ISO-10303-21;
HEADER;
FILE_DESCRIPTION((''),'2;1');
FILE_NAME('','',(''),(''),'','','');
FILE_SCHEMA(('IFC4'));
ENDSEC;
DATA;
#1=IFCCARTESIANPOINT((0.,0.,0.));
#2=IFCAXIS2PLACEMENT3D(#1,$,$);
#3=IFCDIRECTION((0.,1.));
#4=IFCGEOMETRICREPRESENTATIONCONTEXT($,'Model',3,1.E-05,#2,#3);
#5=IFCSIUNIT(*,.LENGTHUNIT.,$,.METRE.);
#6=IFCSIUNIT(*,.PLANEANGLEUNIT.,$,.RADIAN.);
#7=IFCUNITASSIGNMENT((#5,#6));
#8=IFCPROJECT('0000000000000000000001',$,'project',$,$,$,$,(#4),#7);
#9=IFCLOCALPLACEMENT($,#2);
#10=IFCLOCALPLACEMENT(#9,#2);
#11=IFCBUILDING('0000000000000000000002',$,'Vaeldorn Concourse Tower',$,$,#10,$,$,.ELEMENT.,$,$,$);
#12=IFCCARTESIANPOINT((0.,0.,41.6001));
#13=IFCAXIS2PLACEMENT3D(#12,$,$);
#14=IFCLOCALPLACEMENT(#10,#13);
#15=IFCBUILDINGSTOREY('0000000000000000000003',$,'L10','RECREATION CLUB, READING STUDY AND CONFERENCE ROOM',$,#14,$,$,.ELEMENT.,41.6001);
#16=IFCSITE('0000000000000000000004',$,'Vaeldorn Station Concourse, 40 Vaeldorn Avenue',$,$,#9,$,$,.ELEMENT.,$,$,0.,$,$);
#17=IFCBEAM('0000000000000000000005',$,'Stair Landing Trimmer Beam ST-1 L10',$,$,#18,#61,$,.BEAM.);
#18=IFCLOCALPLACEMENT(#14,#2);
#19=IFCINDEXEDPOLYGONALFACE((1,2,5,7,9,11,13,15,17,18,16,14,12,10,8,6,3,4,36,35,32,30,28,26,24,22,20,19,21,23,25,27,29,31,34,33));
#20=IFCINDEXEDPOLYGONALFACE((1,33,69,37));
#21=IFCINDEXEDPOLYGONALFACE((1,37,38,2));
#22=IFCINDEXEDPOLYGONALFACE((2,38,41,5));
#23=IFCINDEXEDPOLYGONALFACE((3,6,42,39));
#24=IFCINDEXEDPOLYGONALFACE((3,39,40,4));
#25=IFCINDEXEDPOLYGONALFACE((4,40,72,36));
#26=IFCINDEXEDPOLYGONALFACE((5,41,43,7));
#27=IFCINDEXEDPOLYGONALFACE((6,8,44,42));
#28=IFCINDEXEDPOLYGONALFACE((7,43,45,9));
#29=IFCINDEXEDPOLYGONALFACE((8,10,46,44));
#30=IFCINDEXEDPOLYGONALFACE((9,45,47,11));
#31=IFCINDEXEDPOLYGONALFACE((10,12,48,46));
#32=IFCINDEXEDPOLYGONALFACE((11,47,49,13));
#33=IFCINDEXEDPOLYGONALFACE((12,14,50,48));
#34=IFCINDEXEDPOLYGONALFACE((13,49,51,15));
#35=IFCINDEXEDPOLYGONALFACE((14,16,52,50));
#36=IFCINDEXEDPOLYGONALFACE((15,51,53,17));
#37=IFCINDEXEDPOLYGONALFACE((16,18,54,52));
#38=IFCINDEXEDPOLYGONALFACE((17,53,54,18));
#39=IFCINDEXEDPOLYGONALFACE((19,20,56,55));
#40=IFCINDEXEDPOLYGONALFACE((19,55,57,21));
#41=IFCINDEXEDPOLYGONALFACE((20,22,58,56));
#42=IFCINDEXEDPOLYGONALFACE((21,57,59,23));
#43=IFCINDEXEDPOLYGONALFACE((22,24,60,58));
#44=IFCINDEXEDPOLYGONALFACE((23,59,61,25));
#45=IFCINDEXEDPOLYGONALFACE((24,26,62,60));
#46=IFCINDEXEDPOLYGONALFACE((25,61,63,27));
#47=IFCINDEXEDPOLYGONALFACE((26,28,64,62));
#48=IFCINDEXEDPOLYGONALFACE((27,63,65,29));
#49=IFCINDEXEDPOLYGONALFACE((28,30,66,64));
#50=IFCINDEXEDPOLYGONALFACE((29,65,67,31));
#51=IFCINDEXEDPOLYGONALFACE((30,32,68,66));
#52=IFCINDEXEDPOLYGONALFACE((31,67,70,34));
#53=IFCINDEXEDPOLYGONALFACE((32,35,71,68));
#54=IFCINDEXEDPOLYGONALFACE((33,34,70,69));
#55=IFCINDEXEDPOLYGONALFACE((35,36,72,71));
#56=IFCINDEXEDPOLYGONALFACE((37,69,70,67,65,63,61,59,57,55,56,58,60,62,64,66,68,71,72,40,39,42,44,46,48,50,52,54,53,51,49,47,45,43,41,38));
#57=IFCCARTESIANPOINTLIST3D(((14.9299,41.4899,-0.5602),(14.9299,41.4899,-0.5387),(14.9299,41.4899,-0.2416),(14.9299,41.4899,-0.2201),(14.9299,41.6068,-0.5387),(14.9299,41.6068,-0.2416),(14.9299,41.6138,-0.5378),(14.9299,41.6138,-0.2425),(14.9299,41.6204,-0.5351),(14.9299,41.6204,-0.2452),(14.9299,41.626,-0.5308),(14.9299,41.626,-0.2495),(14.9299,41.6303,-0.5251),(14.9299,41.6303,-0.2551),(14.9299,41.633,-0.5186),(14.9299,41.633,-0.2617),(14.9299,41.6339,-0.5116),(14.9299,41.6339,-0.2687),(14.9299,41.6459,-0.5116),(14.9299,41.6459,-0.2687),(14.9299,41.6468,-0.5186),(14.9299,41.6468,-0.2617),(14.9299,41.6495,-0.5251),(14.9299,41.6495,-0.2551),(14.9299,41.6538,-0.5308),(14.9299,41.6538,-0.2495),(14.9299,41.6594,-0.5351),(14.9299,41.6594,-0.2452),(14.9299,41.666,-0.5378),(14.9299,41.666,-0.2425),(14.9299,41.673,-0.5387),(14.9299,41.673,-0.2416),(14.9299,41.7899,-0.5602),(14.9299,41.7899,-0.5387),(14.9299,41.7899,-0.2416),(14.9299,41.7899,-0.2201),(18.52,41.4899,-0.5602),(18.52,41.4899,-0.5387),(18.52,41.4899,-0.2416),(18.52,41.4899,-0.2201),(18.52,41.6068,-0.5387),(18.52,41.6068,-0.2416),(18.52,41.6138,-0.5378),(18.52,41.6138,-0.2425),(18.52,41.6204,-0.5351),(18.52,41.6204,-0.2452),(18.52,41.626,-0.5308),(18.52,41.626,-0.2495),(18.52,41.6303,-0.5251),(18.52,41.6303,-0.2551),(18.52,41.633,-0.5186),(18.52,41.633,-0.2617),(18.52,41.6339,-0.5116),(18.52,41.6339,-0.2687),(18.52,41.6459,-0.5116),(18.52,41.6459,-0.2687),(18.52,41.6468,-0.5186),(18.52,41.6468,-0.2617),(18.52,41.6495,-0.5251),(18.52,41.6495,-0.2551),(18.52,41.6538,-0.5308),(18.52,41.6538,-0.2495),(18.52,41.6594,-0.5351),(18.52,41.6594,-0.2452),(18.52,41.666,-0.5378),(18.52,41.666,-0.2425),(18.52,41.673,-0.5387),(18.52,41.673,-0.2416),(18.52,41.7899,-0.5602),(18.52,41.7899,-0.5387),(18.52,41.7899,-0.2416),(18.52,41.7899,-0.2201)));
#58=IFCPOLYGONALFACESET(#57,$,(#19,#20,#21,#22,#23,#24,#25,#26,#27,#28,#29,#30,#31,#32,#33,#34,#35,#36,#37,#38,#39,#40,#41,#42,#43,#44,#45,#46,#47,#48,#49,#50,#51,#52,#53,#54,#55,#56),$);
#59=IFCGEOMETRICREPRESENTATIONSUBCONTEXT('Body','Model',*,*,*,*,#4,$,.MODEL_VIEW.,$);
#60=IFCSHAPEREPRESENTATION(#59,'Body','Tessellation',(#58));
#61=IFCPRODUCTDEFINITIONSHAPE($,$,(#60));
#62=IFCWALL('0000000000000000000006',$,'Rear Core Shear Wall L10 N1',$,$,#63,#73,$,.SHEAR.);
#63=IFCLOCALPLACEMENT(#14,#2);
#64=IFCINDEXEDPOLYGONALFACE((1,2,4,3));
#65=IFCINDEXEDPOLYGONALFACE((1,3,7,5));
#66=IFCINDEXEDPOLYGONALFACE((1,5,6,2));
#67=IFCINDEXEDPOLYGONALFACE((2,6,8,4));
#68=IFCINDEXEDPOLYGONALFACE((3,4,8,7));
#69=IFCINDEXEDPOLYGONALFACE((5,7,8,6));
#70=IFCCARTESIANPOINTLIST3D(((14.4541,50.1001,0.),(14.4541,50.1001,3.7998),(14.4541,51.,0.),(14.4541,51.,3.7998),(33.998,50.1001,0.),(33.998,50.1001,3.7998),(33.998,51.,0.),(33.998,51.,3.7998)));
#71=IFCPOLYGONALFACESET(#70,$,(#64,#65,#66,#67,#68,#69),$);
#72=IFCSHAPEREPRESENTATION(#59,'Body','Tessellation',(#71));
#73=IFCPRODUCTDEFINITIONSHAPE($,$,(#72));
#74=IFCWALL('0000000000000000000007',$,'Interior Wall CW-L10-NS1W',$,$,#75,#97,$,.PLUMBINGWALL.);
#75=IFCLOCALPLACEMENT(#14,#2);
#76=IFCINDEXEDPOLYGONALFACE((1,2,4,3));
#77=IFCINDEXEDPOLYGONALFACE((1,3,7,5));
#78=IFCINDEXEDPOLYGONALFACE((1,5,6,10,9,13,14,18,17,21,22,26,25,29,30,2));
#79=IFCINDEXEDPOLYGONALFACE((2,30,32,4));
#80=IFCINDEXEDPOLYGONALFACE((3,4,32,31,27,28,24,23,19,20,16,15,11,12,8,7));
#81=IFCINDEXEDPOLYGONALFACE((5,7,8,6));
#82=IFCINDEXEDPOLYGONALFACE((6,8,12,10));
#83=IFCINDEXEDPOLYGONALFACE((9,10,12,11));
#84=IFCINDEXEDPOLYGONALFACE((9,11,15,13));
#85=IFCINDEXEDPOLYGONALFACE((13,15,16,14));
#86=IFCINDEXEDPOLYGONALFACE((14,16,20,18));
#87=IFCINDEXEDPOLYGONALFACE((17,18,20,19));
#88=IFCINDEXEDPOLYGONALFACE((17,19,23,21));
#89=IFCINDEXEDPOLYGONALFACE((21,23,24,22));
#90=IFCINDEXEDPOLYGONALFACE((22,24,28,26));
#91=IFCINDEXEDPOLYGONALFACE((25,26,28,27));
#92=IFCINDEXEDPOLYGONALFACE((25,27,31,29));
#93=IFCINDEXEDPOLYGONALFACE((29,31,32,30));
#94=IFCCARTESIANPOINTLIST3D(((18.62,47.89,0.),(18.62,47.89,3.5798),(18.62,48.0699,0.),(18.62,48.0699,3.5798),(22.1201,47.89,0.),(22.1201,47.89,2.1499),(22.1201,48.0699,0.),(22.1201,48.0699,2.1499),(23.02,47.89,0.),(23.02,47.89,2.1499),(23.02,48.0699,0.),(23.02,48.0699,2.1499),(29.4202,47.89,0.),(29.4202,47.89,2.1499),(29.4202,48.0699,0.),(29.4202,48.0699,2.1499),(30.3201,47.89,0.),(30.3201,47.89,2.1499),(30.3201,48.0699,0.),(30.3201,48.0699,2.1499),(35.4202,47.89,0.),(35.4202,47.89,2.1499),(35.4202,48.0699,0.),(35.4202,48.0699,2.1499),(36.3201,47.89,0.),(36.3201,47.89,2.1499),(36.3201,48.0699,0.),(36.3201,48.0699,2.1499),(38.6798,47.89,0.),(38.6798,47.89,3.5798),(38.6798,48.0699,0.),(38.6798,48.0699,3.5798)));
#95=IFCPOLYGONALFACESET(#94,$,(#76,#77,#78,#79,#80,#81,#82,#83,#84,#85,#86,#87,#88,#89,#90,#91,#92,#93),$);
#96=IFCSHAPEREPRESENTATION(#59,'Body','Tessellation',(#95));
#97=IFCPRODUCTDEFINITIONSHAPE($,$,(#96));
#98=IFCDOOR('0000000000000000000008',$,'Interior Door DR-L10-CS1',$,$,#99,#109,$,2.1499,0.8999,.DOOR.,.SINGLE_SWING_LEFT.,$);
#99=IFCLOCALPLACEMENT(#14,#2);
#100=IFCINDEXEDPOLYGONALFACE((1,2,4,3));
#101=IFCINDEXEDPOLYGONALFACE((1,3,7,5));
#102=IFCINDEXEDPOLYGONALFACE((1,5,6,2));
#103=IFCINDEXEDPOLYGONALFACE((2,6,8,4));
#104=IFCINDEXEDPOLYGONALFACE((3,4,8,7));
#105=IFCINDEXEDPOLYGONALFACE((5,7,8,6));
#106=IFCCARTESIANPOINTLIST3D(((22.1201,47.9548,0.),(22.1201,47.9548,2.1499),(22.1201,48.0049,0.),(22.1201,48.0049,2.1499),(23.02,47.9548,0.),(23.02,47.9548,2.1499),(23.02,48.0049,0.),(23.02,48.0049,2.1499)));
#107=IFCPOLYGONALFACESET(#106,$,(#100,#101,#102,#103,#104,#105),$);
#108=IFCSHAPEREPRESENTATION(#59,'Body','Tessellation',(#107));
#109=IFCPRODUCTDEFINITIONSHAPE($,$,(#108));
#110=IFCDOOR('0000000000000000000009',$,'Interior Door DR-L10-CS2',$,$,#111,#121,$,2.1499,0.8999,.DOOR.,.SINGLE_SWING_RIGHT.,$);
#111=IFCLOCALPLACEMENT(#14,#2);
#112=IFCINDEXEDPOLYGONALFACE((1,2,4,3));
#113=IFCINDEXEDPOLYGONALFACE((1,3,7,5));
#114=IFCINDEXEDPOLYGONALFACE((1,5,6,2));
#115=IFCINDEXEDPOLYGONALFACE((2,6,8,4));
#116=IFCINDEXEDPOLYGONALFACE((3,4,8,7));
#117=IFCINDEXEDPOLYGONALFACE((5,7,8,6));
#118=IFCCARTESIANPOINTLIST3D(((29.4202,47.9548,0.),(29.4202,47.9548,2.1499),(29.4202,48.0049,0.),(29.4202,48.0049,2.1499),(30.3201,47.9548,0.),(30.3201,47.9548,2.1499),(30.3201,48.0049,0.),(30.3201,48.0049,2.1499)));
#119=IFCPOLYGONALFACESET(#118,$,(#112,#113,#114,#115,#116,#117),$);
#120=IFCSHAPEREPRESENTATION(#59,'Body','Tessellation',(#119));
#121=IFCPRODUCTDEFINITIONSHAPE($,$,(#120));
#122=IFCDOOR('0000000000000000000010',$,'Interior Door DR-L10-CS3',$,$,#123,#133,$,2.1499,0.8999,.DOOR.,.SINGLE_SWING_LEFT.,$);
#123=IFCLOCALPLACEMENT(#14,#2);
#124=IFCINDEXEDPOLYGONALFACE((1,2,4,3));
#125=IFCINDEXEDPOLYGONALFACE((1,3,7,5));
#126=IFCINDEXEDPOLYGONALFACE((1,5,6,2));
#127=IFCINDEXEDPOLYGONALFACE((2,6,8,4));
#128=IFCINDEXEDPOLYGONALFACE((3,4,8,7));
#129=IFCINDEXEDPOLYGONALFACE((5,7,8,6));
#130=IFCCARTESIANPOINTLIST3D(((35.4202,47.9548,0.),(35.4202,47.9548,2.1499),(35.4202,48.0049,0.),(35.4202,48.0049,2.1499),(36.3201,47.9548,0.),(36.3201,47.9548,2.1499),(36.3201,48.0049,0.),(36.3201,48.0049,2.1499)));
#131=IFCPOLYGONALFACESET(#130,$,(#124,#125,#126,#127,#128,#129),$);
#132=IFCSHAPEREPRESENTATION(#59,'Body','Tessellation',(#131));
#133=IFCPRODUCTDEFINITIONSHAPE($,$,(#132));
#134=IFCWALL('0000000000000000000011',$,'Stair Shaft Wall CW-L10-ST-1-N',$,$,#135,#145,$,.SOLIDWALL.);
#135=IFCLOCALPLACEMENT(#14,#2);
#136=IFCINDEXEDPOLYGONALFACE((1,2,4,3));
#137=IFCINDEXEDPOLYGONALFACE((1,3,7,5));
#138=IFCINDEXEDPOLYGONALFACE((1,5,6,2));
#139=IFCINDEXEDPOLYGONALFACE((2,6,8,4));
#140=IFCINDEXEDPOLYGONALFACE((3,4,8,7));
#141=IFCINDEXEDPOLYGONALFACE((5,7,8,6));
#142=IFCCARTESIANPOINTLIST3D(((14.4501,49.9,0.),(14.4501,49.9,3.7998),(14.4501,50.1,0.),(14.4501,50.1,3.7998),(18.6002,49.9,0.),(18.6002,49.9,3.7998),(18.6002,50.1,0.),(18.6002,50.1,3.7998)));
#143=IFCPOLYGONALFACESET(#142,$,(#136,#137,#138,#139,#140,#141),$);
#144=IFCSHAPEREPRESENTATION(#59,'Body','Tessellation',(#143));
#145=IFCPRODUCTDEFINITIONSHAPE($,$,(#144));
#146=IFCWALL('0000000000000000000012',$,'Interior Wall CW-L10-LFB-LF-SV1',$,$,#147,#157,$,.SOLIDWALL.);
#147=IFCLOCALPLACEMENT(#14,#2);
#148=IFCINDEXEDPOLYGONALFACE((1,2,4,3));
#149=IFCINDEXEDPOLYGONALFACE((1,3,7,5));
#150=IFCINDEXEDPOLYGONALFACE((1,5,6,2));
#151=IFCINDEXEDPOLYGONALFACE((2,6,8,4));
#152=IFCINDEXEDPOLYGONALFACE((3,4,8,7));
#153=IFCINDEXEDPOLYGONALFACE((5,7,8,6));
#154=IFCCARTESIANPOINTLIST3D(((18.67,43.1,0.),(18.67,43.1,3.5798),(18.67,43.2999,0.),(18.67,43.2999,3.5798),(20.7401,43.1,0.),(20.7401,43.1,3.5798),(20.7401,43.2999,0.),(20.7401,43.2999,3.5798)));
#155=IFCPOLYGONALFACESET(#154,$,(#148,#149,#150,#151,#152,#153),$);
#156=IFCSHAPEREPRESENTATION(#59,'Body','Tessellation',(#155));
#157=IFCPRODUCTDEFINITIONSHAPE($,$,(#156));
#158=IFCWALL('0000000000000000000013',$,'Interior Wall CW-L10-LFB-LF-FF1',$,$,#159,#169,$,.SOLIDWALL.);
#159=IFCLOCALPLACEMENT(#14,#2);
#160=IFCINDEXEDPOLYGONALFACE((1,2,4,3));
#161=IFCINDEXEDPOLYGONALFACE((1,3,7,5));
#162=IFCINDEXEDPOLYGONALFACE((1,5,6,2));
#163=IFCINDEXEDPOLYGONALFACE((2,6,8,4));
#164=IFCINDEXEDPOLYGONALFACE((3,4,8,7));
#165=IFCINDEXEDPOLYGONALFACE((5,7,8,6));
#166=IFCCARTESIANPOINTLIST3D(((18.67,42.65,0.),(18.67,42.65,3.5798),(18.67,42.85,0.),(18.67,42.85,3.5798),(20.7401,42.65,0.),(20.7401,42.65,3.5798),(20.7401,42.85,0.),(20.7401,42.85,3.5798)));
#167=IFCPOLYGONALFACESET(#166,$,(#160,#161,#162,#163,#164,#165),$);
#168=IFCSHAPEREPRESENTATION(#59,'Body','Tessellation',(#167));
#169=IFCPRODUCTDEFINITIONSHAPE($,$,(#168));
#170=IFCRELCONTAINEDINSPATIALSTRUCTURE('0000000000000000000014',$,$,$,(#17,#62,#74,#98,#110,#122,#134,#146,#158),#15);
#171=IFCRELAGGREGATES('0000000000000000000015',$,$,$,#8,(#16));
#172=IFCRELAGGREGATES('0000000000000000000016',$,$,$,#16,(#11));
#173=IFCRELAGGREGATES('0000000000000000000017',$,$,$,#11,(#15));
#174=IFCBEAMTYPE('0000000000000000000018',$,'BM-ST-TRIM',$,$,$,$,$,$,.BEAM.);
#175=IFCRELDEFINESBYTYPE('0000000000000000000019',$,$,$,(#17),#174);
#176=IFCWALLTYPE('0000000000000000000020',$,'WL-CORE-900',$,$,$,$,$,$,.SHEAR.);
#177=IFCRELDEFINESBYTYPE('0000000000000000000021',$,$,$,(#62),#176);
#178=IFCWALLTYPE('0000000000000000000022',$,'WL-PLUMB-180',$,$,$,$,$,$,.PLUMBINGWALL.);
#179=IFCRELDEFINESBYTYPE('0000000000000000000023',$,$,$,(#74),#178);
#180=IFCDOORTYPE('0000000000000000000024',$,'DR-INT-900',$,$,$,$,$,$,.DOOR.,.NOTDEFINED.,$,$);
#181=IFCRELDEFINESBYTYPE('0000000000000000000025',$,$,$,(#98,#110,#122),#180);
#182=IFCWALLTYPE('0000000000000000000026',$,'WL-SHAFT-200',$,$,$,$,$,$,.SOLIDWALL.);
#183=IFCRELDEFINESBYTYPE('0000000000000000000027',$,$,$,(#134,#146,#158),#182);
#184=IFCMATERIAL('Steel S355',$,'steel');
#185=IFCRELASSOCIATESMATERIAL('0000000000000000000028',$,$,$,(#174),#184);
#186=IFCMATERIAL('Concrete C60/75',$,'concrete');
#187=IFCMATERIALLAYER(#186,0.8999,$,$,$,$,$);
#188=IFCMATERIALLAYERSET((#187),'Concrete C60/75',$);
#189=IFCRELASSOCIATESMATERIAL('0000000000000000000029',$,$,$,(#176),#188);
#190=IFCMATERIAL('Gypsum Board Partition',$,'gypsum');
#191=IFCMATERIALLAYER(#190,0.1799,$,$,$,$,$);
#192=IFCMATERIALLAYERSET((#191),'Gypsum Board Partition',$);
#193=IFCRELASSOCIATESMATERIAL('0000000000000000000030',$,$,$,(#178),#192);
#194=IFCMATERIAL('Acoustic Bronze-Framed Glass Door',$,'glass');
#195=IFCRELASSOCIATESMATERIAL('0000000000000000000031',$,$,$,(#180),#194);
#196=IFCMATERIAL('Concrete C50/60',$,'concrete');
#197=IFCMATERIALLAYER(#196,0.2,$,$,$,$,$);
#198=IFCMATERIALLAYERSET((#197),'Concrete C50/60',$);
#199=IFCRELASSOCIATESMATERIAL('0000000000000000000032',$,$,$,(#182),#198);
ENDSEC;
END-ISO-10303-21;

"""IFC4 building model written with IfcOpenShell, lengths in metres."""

from ifc_helpers import new_model, si_unit, direction, frame, frame_2d, origin, origin_2d, place, context, subcontext, project, spatial, rectangle, i_section, extrude, source, transform, mapped, material, layer, layer_set, material_profile, profile_set, type_object, element, fill, save


model = new_model("IFC4")

# Units and contexts
model_context = context("Model", 3, precision=1e-05, world=origin(), true_north=direction((0.0, 1.0)))
body_context = subcontext(model_context, "Body", "Model", "MODEL_VIEW")
ifc_project = project(units=[si_unit("LENGTHUNIT", "METRE"), si_unit("PLANEANGLEUNIT", "RADIAN")], contexts=[model_context])

# Site, building, storey
site_placement = place(None, origin())
site = spatial("IfcSite", under=ifc_project, at=site_placement, Name="Vaeldorn Station Concourse, 40 Vaeldorn Avenue", CompositionType="ELEMENT", RefElevation=0.0)
building_placement = place(site_placement, origin())
building = spatial("IfcBuilding", under=site, at=building_placement, Name="Vaeldorn Concourse Tower", CompositionType="ELEMENT")
storey_placement = place(building_placement, frame((0.0, 0.0, 41.6001)))
storey = spatial("IfcBuildingStorey", under=building, at=storey_placement, Name="L10", Description="RECREATION CLUB, READING STUDY AND CONFERENCE ROOM", CompositionType="ELEMENT", Elevation=41.6001)

# Beam
ifc_material_1 = material(Name="Steel S355", Category="steel")
ifc_material_profile = material_profile(ifc_material_1, i_section(OverallWidth=0.3, OverallDepth=0.3401, WebThickness=0.012, FlangeThickness=0.0215, FilletRadius=0.0271, at=origin_2d()), Name="HEB 340")
ifc_profile_set = profile_set([ifc_material_profile], Name="Steel S355")
beam_type = type_object("IfcBeamType", Name="BM-ST-TRIM", PredefinedType="BEAM", material=ifc_profile_set)
shared_shape_1 = source(origin(), body_context, "Body", "SweptSolid", [
    extrude(i_section(OverallWidth=0.3, OverallDepth=0.3401, WebThickness=0.012, FlangeThickness=0.0215, FilletRadius=0.0271, at=origin_2d()), origin(), (0.0, 0.0, 1.0), 3.5901),
])
beam_placement = place(storey_placement, frame((14.9299, 41.6399, -0.3901), z_axis=(1.0, 0.0, 0.0), x_axis=(0.0, 1.0, 0.0)))
element("IfcBeam", 1, at=beam_placement, inside=storey, type_object=beam_type, Name="Stair Landing Trimmer Beam ST-1 L10", PredefinedType="BEAM", context=body_context, shape_type="MappedRepresentation", body=[
    mapped(shared_shape_1, transform((0.0, 0.0, 0.0), scale=1.0)),
])

# Wall
ifc_material_2 = material(Name="Concrete C60/75", Category="concrete")
ifc_layer_1 = layer(ifc_material_2, 0.8999)
ifc_layer_set_1 = layer_set([ifc_layer_1], Name="Concrete C60/75")
wall_type_1 = type_object("IfcWallType", Name="WL-CORE-900", PredefinedType="SHEAR", material=ifc_layer_set_1)
wall_1_placement = place(storey_placement, frame((14.4541, 50.55, 0.0), z_axis=(0.0, 0.0, 1.0), x_axis=(1.0, 0.0, 0.0)))
element("IfcWall", 2, at=wall_1_placement, inside=storey, type_object=wall_type_1, Name="Rear Core Shear Wall L10 N1", PredefinedType="SHEAR", context=body_context, shape_type="SweptSolid", body=[
    extrude(rectangle(XDim=19.5439, YDim=0.8999, at=frame_2d((9.772, 0.0))), origin(), (0.0, 0.0, 1.0), 3.7998),
])

# Wall, openings, doors
ifc_material_3 = material(Name="Gypsum Board Partition", Category="gypsum")
ifc_layer_2 = layer(ifc_material_3, 0.1799)
ifc_layer_set_2 = layer_set([ifc_layer_2], Name="Gypsum Board Partition")
wall_type_2 = type_object("IfcWallType", Name="WL-PLUMB-180", PredefinedType="PLUMBINGWALL", material=ifc_layer_set_2)
wall_2_placement = place(storey_placement, frame((18.6201, 47.98, 0.0), z_axis=(0.0, 0.0, 1.0), x_axis=(1.0, 0.0, 0.0)))
wall_2 = element("IfcWall", 3, at=wall_2_placement, inside=storey, type_object=wall_type_2, Name="Interior Wall CW-L10-NS1W", PredefinedType="PLUMBINGWALL", context=body_context, shape_type="SweptSolid", body=[
    extrude(rectangle(XDim=20.0598, YDim=0.1799, at=frame_2d((10.0298, 0.0))), origin(), (0.0, 0.0, 1.0), 3.5798),
])
opening_1_placement = place(wall_2_placement, frame((3.5, 0.0, 0.0)))
opening_1 = element("IfcOpeningElement", 4, at=opening_1_placement, cuts=wall_2, PredefinedType="OPENING", context=body_context, shape_type="SweptSolid", body=[
    extrude(rectangle(XDim=0.8999, YDim=2.1499, at=frame_2d((0.45, 1.075))), frame((0.0, 0.1001, 0.0), z_axis=(0.0, -1.0, 0.0), x_axis=(1.0, 0.0, 0.0)), (0.0, 0.0, 1.0), 0.2),
])
opening_2_placement = place(wall_2_placement, frame((10.8, 0.0, 0.0)))
opening_2 = element("IfcOpeningElement", 5, at=opening_2_placement, cuts=wall_2, PredefinedType="OPENING", context=body_context, shape_type="SweptSolid", body=[
    extrude(rectangle(XDim=0.8999, YDim=2.1499, at=frame_2d((0.45, 1.075))), frame((0.0, 0.1001, 0.0), z_axis=(0.0, -1.0, 0.0), x_axis=(1.0, 0.0, 0.0)), (0.0, 0.0, 1.0), 0.2),
])
opening_3_placement = place(wall_2_placement, frame((16.8, 0.0, 0.0)))
opening_3 = element("IfcOpeningElement", 6, at=opening_3_placement, cuts=wall_2, PredefinedType="OPENING", context=body_context, shape_type="SweptSolid", body=[
    extrude(rectangle(XDim=0.8999, YDim=2.1499, at=frame_2d((0.45, 1.075))), frame((0.0, 0.1001, 0.0), z_axis=(0.0, -1.0, 0.0), x_axis=(1.0, 0.0, 0.0)), (0.0, 0.0, 1.0), 0.2),
])
ifc_material_4 = material(Name="Acoustic Bronze-Framed Glass Door", Category="glass")
door_type_1 = type_object("IfcDoorType", Name="DR-INT-900", OperationType="NOTDEFINED", PredefinedType="DOOR", material=ifc_material_4)
shared_shape_2 = source(origin(), body_context, "Body", "SweptSolid", [
    extrude(rectangle(XDim=0.8999, YDim=2.1499, at=frame_2d((0.45, 1.075))), frame((0.0, 0.0249, 0.0), z_axis=(0.0, -1.0, 0.0), x_axis=(1.0, 0.0, 0.0)), (0.0, 0.0, 1.0), 0.05),
])
door_1_placement = place(opening_1_placement, origin())
door_1 = element("IfcDoor", 7, at=door_1_placement, inside=storey, type_object=door_type_1, Name="Interior Door DR-L10-CS1", OperationType="SINGLE_SWING_LEFT", OverallHeight=2.1499, OverallWidth=0.8999, PredefinedType="DOOR", context=body_context, shape_type="MappedRepresentation", body=[
    mapped(shared_shape_2, transform((0.0, 0.0, 0.0), scale=1.0)),
])
fill(opening_1, door_1)
door_2_placement = place(opening_2_placement, origin())
door_2 = element("IfcDoor", 8, at=door_2_placement, inside=storey, type_object=door_type_1, Name="Interior Door DR-L10-CS2", OperationType="SINGLE_SWING_RIGHT", OverallHeight=2.1499, OverallWidth=0.8999, PredefinedType="DOOR", context=body_context, shape_type="MappedRepresentation", body=[
    mapped(shared_shape_2, transform((0.0, 0.0, 0.0), scale=1.0)),
])
fill(opening_2, door_2)
door_3_placement = place(opening_3_placement, origin())
door_3 = element("IfcDoor", 9, at=door_3_placement, inside=storey, type_object=door_type_1, Name="Interior Door DR-L10-CS3", OperationType="SINGLE_SWING_LEFT", OverallHeight=2.1499, OverallWidth=0.8999, PredefinedType="DOOR", context=body_context, shape_type="MappedRepresentation", body=[
    mapped(shared_shape_2, transform((0.0, 0.0, 0.0), scale=1.0)),
])
fill(opening_3, door_3)

# Wall
ifc_material_5 = material(Name="Concrete C50/60", Category="concrete")
ifc_layer_3 = layer(ifc_material_5, 0.2)
ifc_layer_set_3 = layer_set([ifc_layer_3], Name="Concrete C50/60")
wall_type_3 = type_object("IfcWallType", Name="WL-SHAFT-200", PredefinedType="SOLIDWALL", material=ifc_layer_set_3)
wall_3_placement = place(storey_placement, frame((14.45, 50.0, 0.0), z_axis=(0.0, 0.0, 1.0), x_axis=(1.0, 0.0, 0.0)))
element("IfcWall", 10, at=wall_3_placement, inside=storey, type_object=wall_type_3, Name="Stair Shaft Wall CW-L10-ST-1-N", PredefinedType="SOLIDWALL", context=body_context, shape_type="SweptSolid", body=[
    extrude(rectangle(XDim=4.1501, YDim=0.2, at=frame_2d((2.0752, 0.0))), origin(), (0.0, 0.0, 1.0), 3.7998),
])

# Walls
for number, where, z_axis, x_axis, name in (
    (11, (18.6699, 43.2, 0.0), (0.0, 0.0, 1.0), (1.0, 0.0, 0.0), "Interior Wall CW-L10-LFB-LF-SV1"),
    (12, (18.6699, 42.75, 0.0), (0.0, 0.0, 1.0), (1.0, 0.0, 0.0), "Interior Wall CW-L10-LFB-LF-FF1"),
):
    element("IfcWall", number, at=place(storey_placement, frame(where, z_axis=z_axis, x_axis=x_axis)), inside=storey, type_object=wall_type_3, Name=name, PredefinedType="SOLIDWALL", context=body_context, shape_type="SweptSolid", body=[
        extrude(rectangle(XDim=2.0701, YDim=0.2, at=frame_2d((1.0352, 0.0))), origin(), (0.0, 0.0, 1.0), 3.5798),
    ])

save(model, "model.ifc")
